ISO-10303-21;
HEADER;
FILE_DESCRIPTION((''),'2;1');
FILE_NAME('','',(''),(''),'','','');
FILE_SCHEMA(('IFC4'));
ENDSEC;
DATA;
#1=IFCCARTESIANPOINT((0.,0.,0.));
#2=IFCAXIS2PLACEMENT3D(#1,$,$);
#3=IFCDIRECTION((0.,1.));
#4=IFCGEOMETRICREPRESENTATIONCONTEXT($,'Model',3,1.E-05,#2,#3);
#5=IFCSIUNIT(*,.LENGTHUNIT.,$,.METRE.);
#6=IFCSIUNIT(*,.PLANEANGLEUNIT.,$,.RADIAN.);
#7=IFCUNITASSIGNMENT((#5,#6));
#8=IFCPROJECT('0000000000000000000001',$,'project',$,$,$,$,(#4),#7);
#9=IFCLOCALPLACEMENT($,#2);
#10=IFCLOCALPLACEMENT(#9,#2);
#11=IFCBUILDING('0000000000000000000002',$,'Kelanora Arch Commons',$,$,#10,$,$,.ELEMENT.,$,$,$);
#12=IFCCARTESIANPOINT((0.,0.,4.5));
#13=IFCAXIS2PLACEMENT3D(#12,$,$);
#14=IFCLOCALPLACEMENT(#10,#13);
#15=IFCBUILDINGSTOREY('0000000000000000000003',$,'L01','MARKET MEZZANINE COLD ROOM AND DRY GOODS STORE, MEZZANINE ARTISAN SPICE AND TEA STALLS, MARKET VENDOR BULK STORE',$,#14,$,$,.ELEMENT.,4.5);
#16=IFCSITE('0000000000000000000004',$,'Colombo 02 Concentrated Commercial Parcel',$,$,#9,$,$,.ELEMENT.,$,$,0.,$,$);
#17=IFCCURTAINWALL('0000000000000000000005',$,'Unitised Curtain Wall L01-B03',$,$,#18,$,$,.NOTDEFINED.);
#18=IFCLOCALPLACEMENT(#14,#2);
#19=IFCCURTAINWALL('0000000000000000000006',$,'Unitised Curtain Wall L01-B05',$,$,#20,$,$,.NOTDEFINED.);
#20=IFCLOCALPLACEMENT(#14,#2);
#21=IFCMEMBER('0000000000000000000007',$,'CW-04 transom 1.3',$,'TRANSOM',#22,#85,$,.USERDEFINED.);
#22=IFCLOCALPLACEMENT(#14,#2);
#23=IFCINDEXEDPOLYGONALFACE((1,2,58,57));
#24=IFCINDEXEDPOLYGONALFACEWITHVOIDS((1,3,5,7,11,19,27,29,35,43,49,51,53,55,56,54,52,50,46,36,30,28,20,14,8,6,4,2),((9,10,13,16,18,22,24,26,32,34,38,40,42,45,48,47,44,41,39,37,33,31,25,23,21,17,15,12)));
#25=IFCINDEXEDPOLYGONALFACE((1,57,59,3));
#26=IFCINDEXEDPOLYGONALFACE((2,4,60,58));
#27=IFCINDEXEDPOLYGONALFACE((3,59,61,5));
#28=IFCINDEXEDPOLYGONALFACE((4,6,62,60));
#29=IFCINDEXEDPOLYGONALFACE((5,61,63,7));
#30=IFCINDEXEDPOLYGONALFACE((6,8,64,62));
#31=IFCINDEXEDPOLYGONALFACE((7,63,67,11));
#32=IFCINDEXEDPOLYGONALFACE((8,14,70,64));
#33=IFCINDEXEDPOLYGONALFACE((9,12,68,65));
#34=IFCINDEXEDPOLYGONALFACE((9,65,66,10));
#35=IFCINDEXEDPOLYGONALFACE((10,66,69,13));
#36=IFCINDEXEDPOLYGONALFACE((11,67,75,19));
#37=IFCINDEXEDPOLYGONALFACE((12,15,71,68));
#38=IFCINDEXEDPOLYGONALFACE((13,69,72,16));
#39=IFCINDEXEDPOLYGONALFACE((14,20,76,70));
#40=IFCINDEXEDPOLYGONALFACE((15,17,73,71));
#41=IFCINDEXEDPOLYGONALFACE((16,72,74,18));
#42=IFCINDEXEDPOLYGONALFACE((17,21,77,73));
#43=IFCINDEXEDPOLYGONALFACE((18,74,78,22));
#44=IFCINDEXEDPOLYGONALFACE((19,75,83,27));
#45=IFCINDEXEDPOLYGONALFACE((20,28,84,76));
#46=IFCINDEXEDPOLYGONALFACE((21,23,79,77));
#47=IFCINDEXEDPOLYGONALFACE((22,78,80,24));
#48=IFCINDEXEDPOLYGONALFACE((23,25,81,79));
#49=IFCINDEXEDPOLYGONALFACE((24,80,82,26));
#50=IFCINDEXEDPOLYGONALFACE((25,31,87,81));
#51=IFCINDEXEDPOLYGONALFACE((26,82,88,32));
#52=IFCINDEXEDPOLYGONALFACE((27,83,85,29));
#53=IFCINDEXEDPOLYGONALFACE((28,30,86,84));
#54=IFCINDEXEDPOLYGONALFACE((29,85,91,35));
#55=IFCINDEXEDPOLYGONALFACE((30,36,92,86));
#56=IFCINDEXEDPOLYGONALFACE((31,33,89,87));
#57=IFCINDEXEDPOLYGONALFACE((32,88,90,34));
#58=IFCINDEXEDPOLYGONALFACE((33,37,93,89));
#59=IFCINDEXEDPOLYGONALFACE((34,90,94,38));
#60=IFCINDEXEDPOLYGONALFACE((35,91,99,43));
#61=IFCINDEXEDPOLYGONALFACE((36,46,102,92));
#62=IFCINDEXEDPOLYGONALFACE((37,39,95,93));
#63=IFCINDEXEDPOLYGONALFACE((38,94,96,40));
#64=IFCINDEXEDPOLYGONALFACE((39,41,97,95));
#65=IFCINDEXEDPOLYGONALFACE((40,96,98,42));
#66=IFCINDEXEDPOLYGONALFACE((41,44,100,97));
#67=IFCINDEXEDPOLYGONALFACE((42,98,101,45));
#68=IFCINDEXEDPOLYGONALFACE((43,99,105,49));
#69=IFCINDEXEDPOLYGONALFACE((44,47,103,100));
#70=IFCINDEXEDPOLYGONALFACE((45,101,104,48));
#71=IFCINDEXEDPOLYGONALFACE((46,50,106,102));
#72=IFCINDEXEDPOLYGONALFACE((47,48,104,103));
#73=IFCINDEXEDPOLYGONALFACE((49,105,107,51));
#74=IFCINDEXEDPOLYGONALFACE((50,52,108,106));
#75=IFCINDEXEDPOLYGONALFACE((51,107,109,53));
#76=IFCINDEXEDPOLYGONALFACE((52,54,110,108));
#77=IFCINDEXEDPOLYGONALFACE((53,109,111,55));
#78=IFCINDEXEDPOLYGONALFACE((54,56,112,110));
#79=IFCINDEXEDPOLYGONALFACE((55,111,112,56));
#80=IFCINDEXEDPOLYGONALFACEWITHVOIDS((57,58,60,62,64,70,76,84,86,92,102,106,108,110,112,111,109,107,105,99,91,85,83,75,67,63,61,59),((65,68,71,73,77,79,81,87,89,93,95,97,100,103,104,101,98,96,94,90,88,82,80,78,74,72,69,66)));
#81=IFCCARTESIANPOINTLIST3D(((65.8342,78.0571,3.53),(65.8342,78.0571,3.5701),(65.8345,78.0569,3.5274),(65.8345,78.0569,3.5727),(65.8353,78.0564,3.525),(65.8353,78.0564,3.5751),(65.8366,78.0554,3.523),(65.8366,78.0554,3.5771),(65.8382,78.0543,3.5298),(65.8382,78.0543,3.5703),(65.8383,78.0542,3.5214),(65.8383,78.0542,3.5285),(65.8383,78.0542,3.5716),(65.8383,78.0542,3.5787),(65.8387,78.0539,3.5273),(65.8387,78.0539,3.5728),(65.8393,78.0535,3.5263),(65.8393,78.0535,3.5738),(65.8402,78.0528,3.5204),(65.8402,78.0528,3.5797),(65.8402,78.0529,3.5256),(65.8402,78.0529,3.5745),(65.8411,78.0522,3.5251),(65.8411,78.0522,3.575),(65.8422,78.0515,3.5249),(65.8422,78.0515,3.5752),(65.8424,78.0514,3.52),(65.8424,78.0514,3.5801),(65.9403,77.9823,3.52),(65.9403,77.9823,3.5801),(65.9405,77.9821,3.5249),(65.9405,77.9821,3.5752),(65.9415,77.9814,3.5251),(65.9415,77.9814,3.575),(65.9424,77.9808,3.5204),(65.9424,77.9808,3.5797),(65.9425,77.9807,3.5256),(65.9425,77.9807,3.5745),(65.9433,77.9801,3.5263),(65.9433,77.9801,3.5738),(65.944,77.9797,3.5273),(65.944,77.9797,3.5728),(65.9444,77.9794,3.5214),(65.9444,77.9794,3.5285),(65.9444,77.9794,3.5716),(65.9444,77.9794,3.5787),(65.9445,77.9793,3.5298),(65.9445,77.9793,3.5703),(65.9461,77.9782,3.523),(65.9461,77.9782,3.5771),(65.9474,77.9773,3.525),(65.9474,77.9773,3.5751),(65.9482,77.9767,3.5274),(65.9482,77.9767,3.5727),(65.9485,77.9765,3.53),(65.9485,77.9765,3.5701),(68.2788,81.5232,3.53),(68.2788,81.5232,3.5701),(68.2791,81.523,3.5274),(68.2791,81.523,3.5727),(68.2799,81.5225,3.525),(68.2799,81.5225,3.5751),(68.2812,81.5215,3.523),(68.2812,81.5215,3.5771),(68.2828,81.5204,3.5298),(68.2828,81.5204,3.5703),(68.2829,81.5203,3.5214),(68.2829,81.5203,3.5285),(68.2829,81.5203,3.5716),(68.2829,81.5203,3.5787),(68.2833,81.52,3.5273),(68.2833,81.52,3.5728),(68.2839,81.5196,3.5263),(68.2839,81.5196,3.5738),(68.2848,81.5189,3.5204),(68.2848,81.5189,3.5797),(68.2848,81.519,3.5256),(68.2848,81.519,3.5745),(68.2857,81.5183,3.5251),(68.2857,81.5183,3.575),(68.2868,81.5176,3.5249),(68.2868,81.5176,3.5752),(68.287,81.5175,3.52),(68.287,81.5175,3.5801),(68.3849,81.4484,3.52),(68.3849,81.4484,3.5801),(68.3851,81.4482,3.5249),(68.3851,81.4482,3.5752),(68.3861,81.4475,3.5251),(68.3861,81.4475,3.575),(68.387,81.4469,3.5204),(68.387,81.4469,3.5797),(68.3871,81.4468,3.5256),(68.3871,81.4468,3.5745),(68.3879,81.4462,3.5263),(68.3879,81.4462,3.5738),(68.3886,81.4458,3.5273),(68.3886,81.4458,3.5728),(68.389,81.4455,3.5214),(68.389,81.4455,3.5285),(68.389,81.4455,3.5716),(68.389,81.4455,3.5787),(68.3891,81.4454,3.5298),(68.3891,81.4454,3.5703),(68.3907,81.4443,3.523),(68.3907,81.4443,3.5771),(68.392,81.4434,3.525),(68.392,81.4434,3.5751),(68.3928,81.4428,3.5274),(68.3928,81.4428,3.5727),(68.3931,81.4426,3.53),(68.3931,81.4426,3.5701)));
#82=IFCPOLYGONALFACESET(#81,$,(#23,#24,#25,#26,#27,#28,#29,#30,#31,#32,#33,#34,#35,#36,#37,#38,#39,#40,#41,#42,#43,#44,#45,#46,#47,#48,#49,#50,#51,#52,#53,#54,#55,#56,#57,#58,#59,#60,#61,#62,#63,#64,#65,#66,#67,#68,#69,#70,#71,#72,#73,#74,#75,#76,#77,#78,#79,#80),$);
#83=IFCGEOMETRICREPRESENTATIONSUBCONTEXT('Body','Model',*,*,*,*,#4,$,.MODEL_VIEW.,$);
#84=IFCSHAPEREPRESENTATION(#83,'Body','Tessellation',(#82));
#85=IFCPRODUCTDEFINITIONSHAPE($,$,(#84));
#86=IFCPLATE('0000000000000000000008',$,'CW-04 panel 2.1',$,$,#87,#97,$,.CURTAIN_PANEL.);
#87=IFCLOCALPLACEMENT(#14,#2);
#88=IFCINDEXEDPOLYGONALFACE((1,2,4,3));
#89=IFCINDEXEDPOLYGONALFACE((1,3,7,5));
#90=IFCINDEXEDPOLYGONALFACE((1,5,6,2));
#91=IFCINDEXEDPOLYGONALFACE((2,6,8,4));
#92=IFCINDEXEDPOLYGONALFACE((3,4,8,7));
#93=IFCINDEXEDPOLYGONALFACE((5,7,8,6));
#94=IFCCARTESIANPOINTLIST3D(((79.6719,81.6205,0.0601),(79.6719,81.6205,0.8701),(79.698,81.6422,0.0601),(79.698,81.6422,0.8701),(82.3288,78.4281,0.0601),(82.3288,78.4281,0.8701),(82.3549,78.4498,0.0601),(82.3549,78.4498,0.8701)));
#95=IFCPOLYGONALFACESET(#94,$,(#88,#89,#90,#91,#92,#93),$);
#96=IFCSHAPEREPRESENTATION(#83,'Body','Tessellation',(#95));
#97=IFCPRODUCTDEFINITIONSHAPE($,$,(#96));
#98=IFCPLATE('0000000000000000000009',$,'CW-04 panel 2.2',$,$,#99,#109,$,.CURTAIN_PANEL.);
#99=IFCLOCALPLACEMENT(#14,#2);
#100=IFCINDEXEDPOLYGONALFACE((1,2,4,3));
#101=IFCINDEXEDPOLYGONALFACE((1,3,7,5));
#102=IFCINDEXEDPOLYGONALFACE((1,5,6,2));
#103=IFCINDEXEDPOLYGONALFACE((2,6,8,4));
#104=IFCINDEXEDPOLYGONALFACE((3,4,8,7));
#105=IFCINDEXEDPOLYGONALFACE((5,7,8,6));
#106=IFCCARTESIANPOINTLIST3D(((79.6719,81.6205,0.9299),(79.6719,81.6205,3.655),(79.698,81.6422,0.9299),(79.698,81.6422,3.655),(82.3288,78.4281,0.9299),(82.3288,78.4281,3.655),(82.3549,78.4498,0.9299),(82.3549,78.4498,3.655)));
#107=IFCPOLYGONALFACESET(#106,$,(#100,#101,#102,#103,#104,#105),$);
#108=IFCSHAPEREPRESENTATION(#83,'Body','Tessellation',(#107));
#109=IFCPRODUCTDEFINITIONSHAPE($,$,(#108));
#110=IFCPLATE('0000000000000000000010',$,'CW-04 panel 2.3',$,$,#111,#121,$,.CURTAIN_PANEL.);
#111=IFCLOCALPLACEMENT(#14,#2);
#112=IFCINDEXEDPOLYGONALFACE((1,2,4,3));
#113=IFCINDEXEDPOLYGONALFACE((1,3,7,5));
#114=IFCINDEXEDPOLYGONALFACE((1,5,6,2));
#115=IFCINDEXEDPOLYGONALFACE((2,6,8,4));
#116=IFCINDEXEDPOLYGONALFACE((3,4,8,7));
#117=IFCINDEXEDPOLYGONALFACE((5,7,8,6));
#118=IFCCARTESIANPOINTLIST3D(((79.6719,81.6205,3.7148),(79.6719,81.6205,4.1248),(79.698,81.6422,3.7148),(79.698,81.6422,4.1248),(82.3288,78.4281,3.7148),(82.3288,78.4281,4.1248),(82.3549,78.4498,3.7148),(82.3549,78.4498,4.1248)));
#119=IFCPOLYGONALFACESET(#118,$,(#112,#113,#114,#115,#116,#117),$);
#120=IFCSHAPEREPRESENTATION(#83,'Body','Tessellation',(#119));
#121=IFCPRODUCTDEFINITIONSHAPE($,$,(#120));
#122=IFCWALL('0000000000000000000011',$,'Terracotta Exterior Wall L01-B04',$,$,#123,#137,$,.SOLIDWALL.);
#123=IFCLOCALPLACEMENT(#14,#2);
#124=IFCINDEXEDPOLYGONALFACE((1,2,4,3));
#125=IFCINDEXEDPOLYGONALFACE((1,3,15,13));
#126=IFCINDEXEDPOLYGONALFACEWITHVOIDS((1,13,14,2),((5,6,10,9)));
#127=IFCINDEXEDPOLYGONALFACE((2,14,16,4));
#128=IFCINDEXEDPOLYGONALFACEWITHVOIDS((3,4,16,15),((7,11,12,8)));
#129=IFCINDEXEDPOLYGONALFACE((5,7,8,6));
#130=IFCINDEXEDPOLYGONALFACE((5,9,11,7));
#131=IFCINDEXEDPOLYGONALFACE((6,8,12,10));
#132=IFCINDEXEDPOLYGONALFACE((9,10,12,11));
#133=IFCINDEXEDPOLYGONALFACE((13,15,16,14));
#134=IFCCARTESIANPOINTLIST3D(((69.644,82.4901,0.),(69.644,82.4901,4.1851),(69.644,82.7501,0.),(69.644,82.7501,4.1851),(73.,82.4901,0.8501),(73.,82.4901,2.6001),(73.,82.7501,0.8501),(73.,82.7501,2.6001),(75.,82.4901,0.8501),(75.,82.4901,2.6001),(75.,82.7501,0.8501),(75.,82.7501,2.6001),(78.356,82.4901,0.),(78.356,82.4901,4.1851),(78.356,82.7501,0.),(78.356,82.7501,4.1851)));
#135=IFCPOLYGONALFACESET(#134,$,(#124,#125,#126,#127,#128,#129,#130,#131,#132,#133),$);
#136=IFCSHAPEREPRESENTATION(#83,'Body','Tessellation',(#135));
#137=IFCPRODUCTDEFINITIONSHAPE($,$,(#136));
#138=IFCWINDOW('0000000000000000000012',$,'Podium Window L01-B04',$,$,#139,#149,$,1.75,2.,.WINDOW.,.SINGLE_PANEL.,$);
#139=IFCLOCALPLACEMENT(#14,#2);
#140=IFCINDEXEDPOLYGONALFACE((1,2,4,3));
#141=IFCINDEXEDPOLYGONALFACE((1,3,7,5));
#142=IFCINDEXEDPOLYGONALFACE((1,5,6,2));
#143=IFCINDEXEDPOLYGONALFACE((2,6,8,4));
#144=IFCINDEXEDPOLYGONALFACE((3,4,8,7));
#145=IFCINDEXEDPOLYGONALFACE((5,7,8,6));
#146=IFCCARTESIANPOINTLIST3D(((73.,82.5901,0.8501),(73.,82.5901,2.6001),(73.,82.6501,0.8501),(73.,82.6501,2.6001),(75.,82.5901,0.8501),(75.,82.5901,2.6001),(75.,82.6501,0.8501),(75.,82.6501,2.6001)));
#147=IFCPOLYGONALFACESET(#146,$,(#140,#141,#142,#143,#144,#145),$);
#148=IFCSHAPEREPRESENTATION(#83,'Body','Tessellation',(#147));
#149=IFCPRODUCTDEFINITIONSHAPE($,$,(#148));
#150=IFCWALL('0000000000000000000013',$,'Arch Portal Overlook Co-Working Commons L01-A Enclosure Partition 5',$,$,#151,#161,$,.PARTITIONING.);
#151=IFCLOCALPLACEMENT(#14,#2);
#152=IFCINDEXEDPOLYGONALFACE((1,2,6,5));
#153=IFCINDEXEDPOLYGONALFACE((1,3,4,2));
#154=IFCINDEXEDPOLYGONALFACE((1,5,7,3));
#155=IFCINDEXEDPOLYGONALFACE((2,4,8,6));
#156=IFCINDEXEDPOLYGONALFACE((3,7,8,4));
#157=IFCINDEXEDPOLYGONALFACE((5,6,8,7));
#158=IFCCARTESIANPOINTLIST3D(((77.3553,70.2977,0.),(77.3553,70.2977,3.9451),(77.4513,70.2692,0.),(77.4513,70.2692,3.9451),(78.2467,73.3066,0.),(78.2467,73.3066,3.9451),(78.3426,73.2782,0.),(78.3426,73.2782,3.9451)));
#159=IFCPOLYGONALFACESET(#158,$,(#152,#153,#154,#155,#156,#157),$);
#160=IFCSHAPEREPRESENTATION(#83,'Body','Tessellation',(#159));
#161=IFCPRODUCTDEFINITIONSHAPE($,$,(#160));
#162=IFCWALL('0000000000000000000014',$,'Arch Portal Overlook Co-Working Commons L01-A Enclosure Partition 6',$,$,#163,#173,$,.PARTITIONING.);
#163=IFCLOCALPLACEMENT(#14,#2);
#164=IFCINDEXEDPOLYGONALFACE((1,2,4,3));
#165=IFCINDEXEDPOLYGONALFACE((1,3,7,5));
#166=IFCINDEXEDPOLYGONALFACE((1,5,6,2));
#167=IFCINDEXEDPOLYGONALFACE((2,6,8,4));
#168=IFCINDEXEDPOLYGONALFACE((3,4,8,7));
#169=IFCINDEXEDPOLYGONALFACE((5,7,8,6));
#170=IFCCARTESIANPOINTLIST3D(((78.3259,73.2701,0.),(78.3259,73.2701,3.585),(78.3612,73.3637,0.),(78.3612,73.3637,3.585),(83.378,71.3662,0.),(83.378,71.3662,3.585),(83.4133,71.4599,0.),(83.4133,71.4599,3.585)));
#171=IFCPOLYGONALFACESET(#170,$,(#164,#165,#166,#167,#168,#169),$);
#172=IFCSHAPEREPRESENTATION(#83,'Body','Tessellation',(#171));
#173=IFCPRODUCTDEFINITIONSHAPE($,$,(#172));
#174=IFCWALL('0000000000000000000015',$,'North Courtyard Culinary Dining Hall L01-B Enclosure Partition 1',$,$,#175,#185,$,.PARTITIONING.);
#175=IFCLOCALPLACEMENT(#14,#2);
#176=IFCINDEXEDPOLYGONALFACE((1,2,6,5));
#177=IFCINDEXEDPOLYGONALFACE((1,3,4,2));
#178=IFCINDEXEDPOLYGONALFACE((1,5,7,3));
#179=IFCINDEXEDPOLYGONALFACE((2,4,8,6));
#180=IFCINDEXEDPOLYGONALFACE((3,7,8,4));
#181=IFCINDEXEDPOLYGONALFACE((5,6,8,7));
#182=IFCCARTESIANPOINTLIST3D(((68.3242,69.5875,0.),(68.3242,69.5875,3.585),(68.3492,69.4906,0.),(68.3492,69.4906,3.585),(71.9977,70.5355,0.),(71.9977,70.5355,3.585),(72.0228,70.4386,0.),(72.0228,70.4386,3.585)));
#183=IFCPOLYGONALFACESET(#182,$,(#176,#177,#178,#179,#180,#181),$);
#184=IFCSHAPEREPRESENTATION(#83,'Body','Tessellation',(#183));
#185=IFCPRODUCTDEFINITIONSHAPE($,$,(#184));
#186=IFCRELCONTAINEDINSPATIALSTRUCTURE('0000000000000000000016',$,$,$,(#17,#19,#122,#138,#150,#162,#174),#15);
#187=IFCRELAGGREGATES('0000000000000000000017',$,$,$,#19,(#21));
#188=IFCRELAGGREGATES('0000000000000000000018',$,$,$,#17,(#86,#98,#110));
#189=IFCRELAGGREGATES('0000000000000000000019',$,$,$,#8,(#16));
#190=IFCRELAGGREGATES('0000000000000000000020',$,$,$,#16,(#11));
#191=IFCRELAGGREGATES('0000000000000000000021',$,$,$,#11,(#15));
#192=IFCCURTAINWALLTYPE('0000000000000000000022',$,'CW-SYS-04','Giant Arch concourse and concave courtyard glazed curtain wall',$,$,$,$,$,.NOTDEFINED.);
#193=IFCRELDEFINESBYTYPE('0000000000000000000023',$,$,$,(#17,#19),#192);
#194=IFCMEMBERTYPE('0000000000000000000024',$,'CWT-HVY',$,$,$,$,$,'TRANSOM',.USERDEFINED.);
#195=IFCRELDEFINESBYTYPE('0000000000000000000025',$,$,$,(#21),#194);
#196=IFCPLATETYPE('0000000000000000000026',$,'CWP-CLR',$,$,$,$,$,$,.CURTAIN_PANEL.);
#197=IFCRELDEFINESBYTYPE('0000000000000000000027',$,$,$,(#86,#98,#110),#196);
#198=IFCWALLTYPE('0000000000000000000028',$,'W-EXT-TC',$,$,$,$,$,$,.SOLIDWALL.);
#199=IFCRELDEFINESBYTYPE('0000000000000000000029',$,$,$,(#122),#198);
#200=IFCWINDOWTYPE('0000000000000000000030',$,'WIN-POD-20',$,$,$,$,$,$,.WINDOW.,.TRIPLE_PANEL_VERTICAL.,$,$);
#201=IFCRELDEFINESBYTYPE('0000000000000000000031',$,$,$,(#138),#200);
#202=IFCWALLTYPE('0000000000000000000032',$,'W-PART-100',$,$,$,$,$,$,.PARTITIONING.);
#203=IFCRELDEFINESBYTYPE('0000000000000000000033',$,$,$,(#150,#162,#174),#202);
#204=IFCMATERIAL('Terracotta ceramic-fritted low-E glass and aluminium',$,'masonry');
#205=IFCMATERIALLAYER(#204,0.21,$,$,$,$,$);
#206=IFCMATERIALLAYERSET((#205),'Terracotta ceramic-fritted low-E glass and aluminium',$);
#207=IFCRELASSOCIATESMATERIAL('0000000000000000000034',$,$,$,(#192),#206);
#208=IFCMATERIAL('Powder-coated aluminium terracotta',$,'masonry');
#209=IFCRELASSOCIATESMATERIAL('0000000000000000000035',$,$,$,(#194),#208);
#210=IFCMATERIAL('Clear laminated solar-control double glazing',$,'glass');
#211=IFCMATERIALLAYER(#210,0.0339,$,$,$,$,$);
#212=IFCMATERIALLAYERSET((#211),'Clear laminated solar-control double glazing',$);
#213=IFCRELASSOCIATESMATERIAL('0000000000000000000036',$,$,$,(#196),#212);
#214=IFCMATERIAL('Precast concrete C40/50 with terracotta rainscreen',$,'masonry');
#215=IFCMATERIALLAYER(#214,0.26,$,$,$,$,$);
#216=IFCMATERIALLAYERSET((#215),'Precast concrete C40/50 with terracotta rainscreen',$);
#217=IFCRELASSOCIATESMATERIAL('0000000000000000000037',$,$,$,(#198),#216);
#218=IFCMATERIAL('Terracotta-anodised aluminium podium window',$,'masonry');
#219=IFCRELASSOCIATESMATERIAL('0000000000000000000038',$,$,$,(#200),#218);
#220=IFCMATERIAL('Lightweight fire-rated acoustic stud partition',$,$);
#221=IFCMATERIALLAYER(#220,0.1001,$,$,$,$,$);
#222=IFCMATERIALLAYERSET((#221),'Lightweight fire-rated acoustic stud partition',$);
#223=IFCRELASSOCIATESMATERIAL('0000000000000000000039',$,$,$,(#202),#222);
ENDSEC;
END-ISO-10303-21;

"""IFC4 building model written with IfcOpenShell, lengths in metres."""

from ifc_helpers import new_model, si_unit, direction, frame, frame_2d, origin, origin_2d, place, context, subcontext, project, spatial, rectangle, hollow_rectangle, extrude, source, transform, mapped, material, layer, layer_set, material_profile, profile_set, type_object, element, fill, aggregate, save


model = new_model("IFC4")

# Units and contexts
model_context = context("Model", 3, precision=1e-05, world=origin(), true_north=direction((0.0, 1.0)))
body_context = subcontext(model_context, "Body", "Model", "MODEL_VIEW")
ifc_project = project(units=[si_unit("LENGTHUNIT", "METRE"), si_unit("PLANEANGLEUNIT", "RADIAN")], contexts=[model_context])

# Site, building, storey
site_placement = place(None, origin())
site = spatial("IfcSite", under=ifc_project, at=site_placement, Name="Colombo 02 Concentrated Commercial Parcel", CompositionType="ELEMENT", RefElevation=0.0)
building_placement = place(site_placement, origin())
building = spatial("IfcBuilding", under=site, at=building_placement, Name="Kelanora Arch Commons", CompositionType="ELEMENT")
storey_placement = place(building_placement, frame((0.0, 0.0, 4.5)))
storey = spatial("IfcBuildingStorey", under=building, at=storey_placement, Name="L01", Description="MARKET MEZZANINE COLD ROOM AND DRY GOODS STORE, MEZZANINE ARTISAN SPICE AND TEA STALLS, MARKET VENDOR BULK STORE", CompositionType="ELEMENT", Elevation=4.5)

# Curtain wall
ifc_material_1 = material(Name="Terracotta ceramic-fritted low-E glass and aluminium", Category="masonry")
ifc_layer_1 = layer(ifc_material_1, 0.21)
ifc_layer_set_1 = layer_set([ifc_layer_1], Name="Terracotta ceramic-fritted low-E glass and aluminium")
curtain_wall_type = type_object("IfcCurtainWallType", Name="CW-SYS-04", Description="Giant Arch concourse and concave courtyard glazed curtain wall", PredefinedType="NOTDEFINED", material=ifc_layer_set_1)
curtain_wall_1_placement = place(storey_placement, origin())
curtain_wall_1 = element("IfcCurtainWall", 1, at=curtain_wall_1_placement, inside=storey, type_object=curtain_wall_type, Name="Unitised Curtain Wall L01-B03", PredefinedType="NOTDEFINED")
ifc_material_2 = material(Name="Powder-coated aluminium terracotta", Category="masonry")

# Curtain wall, member
curtain_wall_2_placement = place(storey_placement, origin())
curtain_wall_2 = element("IfcCurtainWall", 2, at=curtain_wall_2_placement, inside=storey, type_object=curtain_wall_type, Name="Unitised Curtain Wall L01-B05", PredefinedType="NOTDEFINED")
ifc_material_profile_1 = material_profile(ifc_material_2, hollow_rectangle(XDim=0.1399, YDim=0.0601, WallThickness=0.0049, InnerFilletRadius=0.0049, OuterFilletRadius=0.01, at=origin_2d()), Name="CWT140x60")
ifc_profile_set_1 = profile_set([ifc_material_profile_1], Name="Powder-coated aluminium terracotta")
member_type_1 = type_object("IfcMemberType", Name="CWT-HVY", ElementType="TRANSOM", PredefinedType="USERDEFINED", material=ifc_profile_set_1)
member_1_placement = place(storey_placement, frame((68.3359, 81.4829, 3.55), z_axis=(-0.57636, -0.817196, 0.0), x_axis=(0.817196, -0.57636, 0.0)))
member_1 = element("IfcMember", 3, at=member_1_placement, type_object=member_type_1, Name="CW-04 transom 1.3", ObjectType="TRANSOM", PredefinedType="USERDEFINED", context=body_context, shape_type="SweptSolid", body=[
    extrude(hollow_rectangle(XDim=0.1399, YDim=0.0601, WallThickness=0.0049, InnerFilletRadius=0.0049, OuterFilletRadius=0.01, at=origin_2d()), origin(), (0.0, 0.0, 1.0), 4.2415),
])
aggregate(curtain_wall_2, [member_1])

# Plates
ifc_material_3 = material(Name="Clear laminated solar-control double glazing", Category="glass")
ifc_layer_2 = layer(ifc_material_3, 0.0339)
ifc_layer_set_2 = layer_set([ifc_layer_2], Name="Clear laminated solar-control double glazing")
plate_type = type_object("IfcPlateType", Name="CWP-CLR", PredefinedType="CURTAIN_PANEL", material=ifc_layer_set_2)
shared_shape_1 = source(origin(), body_context, "Body", "SweptSolid", [
    extrude(rectangle(XDim=4.1533, YDim=0.0339, at=origin_2d()), origin(), (0.0, 0.0, 1.0), 0.8101),
])
plate_1_placement = place(storey_placement, frame((81.0134, 80.0352, 0.0601), z_axis=(0.0, 0.0, 1.0), x_axis=(-0.639702, 0.768623, 0.0)))
plate_1 = element("IfcPlate", 4, at=plate_1_placement, type_object=plate_type, Name="CW-04 panel 2.1", PredefinedType="CURTAIN_PANEL", context=body_context, shape_type="MappedRepresentation", body=[
    mapped(shared_shape_1, transform((0.0, 0.0, 0.0), scale=1.0)),
])
shared_shape_2 = source(origin(), body_context, "Body", "SweptSolid", [
    extrude(rectangle(XDim=4.1533, YDim=0.0339, at=origin_2d()), origin(), (0.0, 0.0, 1.0), 2.7251),
])
plate_2_placement = place(storey_placement, frame((81.0134, 80.0352, 0.9299), z_axis=(0.0, 0.0, 1.0), x_axis=(-0.639702, 0.768623, 0.0)))
plate_2 = element("IfcPlate", 5, at=plate_2_placement, type_object=plate_type, Name="CW-04 panel 2.2", PredefinedType="CURTAIN_PANEL", context=body_context, shape_type="MappedRepresentation", body=[
    mapped(shared_shape_2, transform((0.0, 0.0, 0.0), scale=1.0)),
])
shared_shape_3 = source(origin(), body_context, "Body", "SweptSolid", [
    extrude(rectangle(XDim=4.1533, YDim=0.0339, at=origin_2d()), origin(), (0.0, 0.0, 1.0), 0.4099),
])
plate_3_placement = place(storey_placement, frame((81.0134, 80.0352, 3.7148), z_axis=(0.0, 0.0, 1.0), x_axis=(-0.639702, 0.768623, 0.0)))
plate_3 = element("IfcPlate", 6, at=plate_3_placement, type_object=plate_type, Name="CW-04 panel 2.3", PredefinedType="CURTAIN_PANEL", context=body_context, shape_type="MappedRepresentation", body=[
    mapped(shared_shape_3, transform((0.0, 0.0, 0.0), scale=1.0)),
])
aggregate(curtain_wall_1, [plate_1, plate_2, plate_3])

# Wall, opening, window
ifc_material_4 = material(Name="Precast concrete C40/50 with terracotta rainscreen", Category="masonry")
ifc_layer_3 = layer(ifc_material_4, 0.26)
ifc_layer_set_3 = layer_set([ifc_layer_3], Name="Precast concrete C40/50 with terracotta rainscreen")
wall_type_1 = type_object("IfcWallType", Name="W-EXT-TC", PredefinedType="SOLIDWALL", material=ifc_layer_set_3)
wall_1_placement = place(storey_placement, frame((78.356, 82.6201, 0.0), z_axis=(0.0, 0.0, 1.0), x_axis=(-1.0, 0.0, 0.0)))
wall_1 = element("IfcWall", 7, at=wall_1_placement, inside=storey, type_object=wall_type_1, Name="Terracotta Exterior Wall L01-B04", PredefinedType="SOLIDWALL", context=body_context, shape_type="SweptSolid", body=[
    extrude(rectangle(XDim=8.7119, YDim=0.26, at=frame_2d((4.356, 0.0))), origin(), (0.0, 0.0, 1.0), 4.1851),
])
opening_placement = place(wall_1_placement, frame((3.356, 0.0, 0.8501)))
opening = element("IfcOpeningElement", 8, at=opening_placement, cuts=wall_1, PredefinedType="OPENING", context=body_context, shape_type="SweptSolid", body=[
    extrude(rectangle(XDim=2.0, YDim=1.75, at=frame_2d((1.0, 0.875))), frame((0.0, 0.1401, 0.0), z_axis=(0.0, -1.0, 0.0), x_axis=(1.0, 0.0, 0.0)), (0.0, 0.0, 1.0), 0.28),
])
ifc_material_5 = material(Name="Terracotta-anodised aluminium podium window", Category="masonry")
window_type = type_object("IfcWindowType", Name="WIN-POD-20", PartitioningType="TRIPLE_PANEL_VERTICAL", PredefinedType="WINDOW", material=ifc_material_5)
window_placement = place(opening_placement, origin())
window = element("IfcWindow", 9, at=window_placement, inside=storey, type_object=window_type, Name="Podium Window L01-B04", OverallHeight=1.75, OverallWidth=2.0, PartitioningType="SINGLE_PANEL", PredefinedType="WINDOW", context=body_context, shape_type="SweptSolid", body=[
    extrude(rectangle(XDim=2.0, YDim=1.75, at=frame_2d((1.0, 0.875))), frame((0.0, 0.03, 0.0), z_axis=(0.0, -1.0, 0.0), x_axis=(1.0, 0.0, 0.0)), (0.0, 0.0, 1.0), 0.0601),
])
fill(opening, window)

# Walls
ifc_material_6 = material(Name="Lightweight fire-rated acoustic stud partition")
ifc_layer_4 = layer(ifc_material_6, 0.1001)
ifc_layer_set_4 = layer_set([ifc_layer_4], Name="Lightweight fire-rated acoustic stud partition")
wall_type_2 = type_object("IfcWallType", Name="W-PART-100", PredefinedType="PARTITIONING", material=ifc_layer_set_4)
wall_2_placement = place(storey_placement, frame((77.4033, 70.2834, 0.0), z_axis=(0.0, 0.0, 1.0), x_axis=(0.284027, 0.958816, 0.0)))
element("IfcWall", 10, at=wall_2_placement, inside=storey, type_object=wall_type_2, Name="Arch Portal Overlook Co-Working Commons L01-A Enclosure Partition 5", PredefinedType="PARTITIONING", context=body_context, shape_type="SweptSolid", body=[
    extrude(rectangle(XDim=3.1382, YDim=0.1001, at=frame_2d((1.5691, 0.0))), origin(), (0.0, 0.0, 1.0), 3.9451),
])
wall_3_placement = place(storey_placement, frame((78.3435, 73.3169, 0.0), z_axis=(0.0, 0.0, 1.0), x_axis=(0.935761, -0.352634, 0.0)))
element("IfcWall", 11, at=wall_3_placement, inside=storey, type_object=wall_type_2, Name="Arch Portal Overlook Co-Working Commons L01-A Enclosure Partition 6", PredefinedType="PARTITIONING", context=body_context, shape_type="SweptSolid", body=[
    extrude(rectangle(XDim=5.3989, YDim=0.1001, at=frame_2d((2.6995, 0.0))), origin(), (0.0, 0.0, 1.0), 3.585),
])
wall_4_placement = place(storey_placement, frame((72.0103, 70.4871, 0.0), z_axis=(0.0, 0.0, 1.0), x_axis=(-0.968279, -0.249872, 0.0)))
element("IfcWall", 12, at=wall_4_placement, inside=storey, type_object=wall_type_2, Name="North Courtyard Culinary Dining Hall L01-B Enclosure Partition 1", PredefinedType="PARTITIONING", context=body_context, shape_type="SweptSolid", body=[
    extrude(rectangle(XDim=3.7939, YDim=0.1001, at=frame_2d((1.897, 0.0))), origin(), (0.0, 0.0, 1.0), 3.585),
])

save(model, "model.ifc")
